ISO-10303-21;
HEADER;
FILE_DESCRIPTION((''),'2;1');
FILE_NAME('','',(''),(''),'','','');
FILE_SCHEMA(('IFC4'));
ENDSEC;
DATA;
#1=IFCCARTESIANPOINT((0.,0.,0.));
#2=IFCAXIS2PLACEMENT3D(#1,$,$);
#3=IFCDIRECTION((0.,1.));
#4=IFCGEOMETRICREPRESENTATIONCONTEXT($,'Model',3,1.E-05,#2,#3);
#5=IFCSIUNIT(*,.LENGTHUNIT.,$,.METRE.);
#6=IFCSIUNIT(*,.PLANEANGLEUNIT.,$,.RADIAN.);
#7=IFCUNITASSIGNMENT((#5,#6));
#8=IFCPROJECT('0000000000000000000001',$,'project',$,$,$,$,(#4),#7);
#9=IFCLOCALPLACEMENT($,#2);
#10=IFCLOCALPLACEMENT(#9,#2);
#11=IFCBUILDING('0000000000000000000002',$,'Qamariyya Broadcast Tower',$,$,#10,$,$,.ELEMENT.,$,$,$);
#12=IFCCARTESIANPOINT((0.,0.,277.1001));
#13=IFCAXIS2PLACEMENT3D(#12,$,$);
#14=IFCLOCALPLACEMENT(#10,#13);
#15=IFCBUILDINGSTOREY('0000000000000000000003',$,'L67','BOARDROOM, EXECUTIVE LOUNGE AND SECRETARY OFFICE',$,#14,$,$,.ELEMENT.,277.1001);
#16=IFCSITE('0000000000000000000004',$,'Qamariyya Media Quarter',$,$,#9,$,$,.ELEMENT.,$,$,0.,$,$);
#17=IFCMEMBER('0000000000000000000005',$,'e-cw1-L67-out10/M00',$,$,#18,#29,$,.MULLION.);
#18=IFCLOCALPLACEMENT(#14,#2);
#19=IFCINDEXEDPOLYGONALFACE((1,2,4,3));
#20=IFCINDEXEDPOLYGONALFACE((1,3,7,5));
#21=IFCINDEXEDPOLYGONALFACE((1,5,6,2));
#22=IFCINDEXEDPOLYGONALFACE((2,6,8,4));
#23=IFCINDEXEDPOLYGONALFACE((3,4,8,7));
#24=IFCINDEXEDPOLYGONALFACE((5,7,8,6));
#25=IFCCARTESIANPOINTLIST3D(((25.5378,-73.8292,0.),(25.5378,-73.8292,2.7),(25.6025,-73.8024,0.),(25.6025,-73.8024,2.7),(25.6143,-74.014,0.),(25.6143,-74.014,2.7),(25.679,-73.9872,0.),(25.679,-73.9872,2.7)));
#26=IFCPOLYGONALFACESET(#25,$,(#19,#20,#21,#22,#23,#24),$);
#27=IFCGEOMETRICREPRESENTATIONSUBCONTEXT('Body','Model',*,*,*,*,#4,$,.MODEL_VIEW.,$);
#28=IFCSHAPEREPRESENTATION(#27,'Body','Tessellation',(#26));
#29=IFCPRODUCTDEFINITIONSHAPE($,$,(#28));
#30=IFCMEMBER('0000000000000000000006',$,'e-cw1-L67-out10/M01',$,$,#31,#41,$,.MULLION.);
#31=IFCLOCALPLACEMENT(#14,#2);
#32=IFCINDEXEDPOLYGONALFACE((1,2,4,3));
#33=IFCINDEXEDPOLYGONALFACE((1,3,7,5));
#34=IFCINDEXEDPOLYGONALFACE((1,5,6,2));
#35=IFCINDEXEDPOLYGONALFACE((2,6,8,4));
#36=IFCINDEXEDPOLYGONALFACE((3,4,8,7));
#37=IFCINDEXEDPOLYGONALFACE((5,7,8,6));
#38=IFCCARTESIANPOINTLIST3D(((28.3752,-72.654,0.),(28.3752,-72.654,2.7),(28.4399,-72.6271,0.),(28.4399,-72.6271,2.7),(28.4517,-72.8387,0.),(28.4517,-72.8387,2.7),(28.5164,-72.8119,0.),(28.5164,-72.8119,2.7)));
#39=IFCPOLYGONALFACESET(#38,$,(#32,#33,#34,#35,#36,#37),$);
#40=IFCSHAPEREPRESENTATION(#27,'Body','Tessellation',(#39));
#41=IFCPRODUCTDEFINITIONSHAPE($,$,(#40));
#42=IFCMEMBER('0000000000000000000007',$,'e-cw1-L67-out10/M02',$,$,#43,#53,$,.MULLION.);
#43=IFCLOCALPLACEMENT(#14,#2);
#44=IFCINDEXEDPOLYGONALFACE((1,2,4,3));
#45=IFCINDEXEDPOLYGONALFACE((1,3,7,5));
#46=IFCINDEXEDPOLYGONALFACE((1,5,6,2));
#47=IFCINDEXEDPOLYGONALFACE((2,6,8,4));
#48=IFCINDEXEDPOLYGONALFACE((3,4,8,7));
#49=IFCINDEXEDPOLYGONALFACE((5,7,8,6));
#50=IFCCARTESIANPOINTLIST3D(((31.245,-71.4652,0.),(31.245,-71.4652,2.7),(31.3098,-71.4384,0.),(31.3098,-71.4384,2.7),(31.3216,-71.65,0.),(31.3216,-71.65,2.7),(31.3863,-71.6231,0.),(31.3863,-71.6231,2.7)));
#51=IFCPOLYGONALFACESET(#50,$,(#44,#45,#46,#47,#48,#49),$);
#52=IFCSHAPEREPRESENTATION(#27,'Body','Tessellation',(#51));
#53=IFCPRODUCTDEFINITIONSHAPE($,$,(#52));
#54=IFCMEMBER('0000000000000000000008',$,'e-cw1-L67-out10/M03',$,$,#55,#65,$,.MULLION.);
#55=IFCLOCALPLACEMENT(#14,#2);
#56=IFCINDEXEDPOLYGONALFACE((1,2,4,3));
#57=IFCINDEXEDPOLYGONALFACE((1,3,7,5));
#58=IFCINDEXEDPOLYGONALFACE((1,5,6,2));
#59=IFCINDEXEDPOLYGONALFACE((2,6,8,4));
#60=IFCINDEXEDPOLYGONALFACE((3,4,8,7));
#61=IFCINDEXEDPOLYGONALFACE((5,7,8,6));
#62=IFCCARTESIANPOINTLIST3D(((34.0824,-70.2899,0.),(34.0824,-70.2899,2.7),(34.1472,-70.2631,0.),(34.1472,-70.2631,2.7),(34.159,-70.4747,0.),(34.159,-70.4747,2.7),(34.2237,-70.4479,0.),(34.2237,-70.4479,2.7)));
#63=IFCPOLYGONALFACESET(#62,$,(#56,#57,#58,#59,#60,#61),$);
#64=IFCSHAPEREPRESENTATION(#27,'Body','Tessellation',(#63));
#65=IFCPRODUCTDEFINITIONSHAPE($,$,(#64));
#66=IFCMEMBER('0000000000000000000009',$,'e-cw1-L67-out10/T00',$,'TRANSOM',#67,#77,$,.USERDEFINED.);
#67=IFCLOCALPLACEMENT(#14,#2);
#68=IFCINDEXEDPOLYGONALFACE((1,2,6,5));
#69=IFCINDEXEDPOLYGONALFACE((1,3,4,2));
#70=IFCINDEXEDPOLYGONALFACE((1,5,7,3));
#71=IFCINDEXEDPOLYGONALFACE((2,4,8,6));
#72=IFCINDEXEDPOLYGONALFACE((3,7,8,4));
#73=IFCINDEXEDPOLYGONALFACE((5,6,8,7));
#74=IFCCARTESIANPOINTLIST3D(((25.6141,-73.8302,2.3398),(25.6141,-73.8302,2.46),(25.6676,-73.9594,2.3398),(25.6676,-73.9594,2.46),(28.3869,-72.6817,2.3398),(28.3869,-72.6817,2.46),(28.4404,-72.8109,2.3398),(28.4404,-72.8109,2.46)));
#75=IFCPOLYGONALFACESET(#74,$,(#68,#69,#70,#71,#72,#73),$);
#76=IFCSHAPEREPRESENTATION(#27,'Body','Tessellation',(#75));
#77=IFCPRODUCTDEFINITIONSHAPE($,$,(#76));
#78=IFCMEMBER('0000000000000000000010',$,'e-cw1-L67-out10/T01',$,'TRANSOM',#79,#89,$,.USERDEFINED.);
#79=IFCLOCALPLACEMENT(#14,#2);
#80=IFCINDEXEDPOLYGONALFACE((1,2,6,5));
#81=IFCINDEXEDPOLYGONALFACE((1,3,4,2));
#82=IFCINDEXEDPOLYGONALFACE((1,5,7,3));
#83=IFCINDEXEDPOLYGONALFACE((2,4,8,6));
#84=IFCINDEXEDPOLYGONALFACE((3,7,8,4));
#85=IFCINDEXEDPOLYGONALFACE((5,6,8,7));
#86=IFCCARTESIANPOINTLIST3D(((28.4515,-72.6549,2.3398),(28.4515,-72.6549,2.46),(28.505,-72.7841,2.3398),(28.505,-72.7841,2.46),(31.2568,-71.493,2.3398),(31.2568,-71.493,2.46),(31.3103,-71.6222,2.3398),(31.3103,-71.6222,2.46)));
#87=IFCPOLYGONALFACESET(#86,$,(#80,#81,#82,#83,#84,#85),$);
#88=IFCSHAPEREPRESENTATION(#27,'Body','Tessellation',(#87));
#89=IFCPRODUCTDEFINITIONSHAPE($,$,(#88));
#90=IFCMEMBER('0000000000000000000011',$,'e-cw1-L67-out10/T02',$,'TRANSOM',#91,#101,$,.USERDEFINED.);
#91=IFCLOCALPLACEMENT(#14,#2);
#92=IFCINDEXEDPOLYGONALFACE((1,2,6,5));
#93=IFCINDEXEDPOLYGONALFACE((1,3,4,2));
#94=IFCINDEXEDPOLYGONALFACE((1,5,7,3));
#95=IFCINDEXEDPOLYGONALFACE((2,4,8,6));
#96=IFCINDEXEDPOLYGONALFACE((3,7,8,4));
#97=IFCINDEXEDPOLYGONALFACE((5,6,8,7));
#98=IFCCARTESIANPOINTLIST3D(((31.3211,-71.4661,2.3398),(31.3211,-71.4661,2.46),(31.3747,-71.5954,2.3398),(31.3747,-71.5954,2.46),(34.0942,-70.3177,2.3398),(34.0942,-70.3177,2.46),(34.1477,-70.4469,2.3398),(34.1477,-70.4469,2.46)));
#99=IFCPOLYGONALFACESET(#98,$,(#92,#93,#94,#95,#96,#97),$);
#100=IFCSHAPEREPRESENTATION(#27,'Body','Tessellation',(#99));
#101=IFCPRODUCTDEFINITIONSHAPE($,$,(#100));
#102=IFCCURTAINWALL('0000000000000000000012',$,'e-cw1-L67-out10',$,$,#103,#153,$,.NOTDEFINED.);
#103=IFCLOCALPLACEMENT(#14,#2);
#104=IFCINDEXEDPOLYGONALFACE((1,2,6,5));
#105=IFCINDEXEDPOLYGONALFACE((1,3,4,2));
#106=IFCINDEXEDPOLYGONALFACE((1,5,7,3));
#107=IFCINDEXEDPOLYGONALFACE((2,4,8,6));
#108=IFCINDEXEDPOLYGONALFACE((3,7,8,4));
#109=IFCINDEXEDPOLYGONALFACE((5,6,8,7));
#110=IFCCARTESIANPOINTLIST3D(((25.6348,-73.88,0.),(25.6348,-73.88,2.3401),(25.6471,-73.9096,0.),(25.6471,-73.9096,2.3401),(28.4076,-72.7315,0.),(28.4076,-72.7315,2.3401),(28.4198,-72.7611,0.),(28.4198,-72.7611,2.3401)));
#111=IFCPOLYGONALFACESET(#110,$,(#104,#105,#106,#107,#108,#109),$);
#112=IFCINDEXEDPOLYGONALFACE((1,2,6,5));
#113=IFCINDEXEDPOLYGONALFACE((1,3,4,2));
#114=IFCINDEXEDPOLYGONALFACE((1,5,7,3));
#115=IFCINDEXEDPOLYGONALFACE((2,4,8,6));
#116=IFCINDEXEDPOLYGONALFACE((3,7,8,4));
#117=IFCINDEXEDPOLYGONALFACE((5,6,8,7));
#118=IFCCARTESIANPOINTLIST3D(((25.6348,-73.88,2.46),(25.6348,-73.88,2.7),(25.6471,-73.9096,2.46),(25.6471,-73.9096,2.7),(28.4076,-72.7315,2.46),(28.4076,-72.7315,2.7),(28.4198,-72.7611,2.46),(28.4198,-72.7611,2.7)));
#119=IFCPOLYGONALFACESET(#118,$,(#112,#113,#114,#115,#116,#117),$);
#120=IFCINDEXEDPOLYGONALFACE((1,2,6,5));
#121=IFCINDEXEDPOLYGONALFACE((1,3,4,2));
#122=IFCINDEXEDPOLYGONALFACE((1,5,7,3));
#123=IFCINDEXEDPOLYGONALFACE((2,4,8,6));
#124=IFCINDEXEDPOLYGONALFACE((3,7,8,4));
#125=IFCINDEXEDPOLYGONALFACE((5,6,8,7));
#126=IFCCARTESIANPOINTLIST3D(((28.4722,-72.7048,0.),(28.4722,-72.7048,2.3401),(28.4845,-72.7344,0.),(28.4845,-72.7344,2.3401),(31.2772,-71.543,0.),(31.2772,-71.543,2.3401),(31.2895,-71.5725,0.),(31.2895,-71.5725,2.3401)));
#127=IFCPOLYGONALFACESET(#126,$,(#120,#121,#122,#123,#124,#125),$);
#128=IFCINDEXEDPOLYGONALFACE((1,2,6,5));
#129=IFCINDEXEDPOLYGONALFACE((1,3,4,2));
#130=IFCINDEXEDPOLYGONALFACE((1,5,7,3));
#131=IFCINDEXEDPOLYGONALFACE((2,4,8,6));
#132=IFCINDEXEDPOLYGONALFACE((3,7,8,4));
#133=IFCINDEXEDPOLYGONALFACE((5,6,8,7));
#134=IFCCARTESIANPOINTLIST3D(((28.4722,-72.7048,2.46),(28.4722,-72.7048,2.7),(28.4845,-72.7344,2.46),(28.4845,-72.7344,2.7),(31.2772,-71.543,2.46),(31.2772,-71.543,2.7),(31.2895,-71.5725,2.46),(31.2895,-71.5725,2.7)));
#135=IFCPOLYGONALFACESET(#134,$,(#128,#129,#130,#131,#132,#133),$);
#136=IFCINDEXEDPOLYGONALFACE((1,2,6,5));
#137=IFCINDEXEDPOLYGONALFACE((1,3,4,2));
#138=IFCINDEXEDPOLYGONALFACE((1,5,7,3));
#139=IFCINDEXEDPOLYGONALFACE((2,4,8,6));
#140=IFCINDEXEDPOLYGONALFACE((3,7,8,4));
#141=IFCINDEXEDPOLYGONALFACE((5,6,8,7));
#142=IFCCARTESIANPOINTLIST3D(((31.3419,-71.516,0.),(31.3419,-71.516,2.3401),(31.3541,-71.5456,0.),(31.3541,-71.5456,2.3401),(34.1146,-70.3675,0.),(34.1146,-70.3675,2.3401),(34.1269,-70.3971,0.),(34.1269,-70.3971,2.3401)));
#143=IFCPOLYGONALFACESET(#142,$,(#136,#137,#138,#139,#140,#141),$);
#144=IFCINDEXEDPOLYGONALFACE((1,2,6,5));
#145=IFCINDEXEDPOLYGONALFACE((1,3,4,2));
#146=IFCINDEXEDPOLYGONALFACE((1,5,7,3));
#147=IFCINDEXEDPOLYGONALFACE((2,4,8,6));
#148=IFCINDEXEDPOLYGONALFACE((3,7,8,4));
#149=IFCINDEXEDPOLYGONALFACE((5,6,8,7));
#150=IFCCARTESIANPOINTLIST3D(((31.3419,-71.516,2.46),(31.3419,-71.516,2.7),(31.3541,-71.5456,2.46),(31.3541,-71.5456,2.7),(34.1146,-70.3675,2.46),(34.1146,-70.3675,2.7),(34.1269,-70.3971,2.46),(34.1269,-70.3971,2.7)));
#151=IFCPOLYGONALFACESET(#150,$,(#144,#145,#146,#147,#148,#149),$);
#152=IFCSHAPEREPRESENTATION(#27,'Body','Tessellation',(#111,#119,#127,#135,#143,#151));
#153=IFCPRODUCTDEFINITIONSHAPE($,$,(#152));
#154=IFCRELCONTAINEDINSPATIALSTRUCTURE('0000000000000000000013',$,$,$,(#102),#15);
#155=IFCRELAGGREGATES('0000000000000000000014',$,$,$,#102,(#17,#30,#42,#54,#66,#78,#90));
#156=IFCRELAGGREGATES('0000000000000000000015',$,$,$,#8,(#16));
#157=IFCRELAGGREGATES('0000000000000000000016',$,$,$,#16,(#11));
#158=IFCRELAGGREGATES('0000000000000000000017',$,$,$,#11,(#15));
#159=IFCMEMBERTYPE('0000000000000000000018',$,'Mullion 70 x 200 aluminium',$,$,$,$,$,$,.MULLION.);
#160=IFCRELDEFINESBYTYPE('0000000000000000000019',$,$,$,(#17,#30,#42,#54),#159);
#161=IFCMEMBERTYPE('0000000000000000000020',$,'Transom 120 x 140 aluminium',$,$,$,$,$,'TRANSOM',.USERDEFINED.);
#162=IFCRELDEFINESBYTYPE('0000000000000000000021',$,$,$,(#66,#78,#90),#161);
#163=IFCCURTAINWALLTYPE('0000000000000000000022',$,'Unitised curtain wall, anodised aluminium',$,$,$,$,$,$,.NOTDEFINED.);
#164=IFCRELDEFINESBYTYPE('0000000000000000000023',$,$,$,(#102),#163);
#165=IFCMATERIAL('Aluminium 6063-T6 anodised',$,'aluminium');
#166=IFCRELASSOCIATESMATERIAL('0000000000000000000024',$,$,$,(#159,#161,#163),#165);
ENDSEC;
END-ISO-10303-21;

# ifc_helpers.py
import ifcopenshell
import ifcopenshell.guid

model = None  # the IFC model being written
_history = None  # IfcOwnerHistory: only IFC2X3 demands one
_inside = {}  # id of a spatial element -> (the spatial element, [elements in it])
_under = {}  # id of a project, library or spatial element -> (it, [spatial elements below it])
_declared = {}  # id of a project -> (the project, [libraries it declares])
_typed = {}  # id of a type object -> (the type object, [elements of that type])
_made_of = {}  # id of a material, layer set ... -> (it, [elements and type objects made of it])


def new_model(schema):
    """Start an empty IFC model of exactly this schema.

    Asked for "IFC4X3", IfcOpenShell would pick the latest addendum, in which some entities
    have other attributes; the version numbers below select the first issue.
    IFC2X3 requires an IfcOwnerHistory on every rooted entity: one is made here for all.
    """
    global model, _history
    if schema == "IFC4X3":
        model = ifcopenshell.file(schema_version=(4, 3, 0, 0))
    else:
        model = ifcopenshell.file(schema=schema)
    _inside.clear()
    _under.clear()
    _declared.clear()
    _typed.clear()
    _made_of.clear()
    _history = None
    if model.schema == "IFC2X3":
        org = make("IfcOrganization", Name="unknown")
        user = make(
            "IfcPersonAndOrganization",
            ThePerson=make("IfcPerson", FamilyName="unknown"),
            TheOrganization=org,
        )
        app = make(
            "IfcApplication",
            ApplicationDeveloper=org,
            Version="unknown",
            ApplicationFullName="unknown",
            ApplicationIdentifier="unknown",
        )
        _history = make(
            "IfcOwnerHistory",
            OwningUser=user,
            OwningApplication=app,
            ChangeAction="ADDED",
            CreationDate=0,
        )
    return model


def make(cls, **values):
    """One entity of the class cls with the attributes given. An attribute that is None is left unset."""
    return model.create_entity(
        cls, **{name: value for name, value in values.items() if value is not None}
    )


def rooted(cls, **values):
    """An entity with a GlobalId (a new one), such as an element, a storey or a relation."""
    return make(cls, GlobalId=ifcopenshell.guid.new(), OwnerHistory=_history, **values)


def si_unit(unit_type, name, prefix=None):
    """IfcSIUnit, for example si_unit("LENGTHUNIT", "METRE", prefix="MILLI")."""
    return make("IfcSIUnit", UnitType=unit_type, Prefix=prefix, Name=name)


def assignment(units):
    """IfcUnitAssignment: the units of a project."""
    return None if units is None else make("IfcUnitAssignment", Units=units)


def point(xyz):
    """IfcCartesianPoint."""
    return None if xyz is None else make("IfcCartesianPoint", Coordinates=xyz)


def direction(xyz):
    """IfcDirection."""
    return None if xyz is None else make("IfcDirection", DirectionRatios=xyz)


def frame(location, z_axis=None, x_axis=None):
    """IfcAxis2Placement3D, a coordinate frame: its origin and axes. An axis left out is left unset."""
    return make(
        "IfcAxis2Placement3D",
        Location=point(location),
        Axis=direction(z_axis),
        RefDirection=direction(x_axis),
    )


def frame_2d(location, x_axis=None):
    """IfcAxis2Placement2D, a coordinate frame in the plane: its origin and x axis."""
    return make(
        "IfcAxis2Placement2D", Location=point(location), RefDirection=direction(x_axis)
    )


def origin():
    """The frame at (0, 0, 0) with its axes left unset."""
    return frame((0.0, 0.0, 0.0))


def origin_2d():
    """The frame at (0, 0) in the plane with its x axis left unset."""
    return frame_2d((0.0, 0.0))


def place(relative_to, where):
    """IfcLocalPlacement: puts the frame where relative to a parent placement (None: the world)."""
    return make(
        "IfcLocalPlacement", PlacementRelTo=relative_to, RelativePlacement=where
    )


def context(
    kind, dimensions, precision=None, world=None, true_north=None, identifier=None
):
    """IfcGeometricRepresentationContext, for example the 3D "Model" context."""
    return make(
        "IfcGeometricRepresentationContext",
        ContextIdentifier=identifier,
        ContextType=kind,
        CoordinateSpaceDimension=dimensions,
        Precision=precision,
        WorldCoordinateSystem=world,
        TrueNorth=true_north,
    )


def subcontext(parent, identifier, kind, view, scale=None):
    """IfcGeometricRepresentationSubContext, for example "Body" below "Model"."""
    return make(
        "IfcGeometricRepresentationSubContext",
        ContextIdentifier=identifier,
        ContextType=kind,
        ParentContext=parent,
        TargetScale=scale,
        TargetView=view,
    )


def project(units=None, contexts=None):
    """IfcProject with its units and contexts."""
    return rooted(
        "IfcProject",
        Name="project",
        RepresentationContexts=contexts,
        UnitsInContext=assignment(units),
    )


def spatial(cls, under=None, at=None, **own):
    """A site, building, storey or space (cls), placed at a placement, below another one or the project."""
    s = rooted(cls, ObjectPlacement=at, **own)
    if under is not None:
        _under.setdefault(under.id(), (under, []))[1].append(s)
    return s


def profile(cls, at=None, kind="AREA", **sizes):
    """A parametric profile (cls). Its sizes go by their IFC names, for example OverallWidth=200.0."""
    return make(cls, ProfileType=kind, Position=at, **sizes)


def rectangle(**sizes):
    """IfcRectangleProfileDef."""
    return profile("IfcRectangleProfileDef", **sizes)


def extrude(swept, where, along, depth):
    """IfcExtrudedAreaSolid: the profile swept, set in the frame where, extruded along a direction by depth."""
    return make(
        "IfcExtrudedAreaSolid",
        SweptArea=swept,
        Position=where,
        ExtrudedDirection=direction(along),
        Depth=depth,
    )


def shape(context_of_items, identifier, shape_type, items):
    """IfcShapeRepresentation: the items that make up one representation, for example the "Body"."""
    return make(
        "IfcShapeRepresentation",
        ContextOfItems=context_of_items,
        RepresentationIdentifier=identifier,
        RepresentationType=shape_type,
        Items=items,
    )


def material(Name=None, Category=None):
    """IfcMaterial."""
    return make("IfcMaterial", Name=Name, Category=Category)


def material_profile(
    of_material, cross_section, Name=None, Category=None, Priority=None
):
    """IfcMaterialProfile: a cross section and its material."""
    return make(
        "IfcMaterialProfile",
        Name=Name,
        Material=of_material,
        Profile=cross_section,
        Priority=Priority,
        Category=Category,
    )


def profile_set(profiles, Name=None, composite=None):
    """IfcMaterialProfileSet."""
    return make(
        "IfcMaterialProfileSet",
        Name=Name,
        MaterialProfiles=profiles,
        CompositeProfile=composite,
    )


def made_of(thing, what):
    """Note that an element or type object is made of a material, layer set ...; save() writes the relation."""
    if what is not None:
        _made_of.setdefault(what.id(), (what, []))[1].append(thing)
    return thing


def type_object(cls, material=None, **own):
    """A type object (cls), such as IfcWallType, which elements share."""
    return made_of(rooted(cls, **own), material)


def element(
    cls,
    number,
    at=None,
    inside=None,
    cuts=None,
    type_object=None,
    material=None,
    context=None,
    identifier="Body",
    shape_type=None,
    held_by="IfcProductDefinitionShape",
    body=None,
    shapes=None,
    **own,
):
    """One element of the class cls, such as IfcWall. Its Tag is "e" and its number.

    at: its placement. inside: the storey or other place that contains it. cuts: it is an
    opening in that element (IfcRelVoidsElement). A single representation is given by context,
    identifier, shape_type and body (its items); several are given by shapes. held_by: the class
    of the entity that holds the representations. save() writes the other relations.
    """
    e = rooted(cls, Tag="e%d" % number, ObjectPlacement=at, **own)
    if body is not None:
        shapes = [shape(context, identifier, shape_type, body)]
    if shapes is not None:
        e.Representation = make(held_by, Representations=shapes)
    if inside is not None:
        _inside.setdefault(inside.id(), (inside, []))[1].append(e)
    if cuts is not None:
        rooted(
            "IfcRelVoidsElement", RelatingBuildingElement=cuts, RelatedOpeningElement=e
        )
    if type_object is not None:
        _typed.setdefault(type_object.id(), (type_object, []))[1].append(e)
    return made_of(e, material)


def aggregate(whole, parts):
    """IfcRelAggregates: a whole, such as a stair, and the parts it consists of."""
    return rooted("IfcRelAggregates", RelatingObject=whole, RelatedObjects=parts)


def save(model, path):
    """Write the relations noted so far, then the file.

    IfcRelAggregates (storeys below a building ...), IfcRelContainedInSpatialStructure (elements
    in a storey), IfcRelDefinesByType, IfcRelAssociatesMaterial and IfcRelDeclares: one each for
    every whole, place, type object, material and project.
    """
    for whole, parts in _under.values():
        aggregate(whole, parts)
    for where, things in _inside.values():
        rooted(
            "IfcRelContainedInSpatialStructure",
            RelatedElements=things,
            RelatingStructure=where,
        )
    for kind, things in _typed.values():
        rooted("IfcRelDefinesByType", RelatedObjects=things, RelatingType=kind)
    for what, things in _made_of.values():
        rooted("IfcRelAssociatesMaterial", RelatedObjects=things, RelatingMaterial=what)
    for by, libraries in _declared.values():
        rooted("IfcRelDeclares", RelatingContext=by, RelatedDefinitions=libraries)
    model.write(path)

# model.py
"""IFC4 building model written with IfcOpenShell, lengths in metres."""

from ifc_helpers import new_model, si_unit, direction, frame, origin, origin_2d, place, context, subcontext, project, spatial, rectangle, extrude, material, material_profile, profile_set, type_object, element, aggregate, save


model = new_model("IFC4")

# Units and contexts
model_context = context("Model", 3, precision=1e-05, world=origin(), true_north=direction((0.0, 1.0)))
body_context = subcontext(model_context, "Body", "Model", "MODEL_VIEW")
ifc_project = project(units=[si_unit("LENGTHUNIT", "METRE"), si_unit("PLANEANGLEUNIT", "RADIAN")], contexts=[model_context])

# Members
ifc_material = material(Name="Aluminium 6063-T6 anodised", Category="aluminium")
ifc_material_profile_1 = material_profile(ifc_material, rectangle(XDim=0.2, YDim=0.0701, at=origin_2d()))
ifc_profile_set_1 = profile_set([ifc_material_profile_1], Name="Aluminium 6063-T6 anodised")
member_type_1 = type_object("IfcMemberType", Name="Mullion 70 x 200 aluminium", PredefinedType="MULLION", material=ifc_profile_set_1)
site_placement = place(None, origin())
building_placement = place(site_placement, origin())
storey_placement = place(building_placement, frame((0.0, 0.0, 277.1001)))
member_1_placement = place(storey_placement, frame((25.6084, -73.9082, 0.0), z_axis=(0.0, 0.0, 1.0), x_axis=(-0.382683, 0.92388, 0.0)))
member_1 = element("IfcMember", 1, at=member_1_placement, type_object=member_type_1, Name="e-cw1-L67-out10/M00", PredefinedType="MULLION", context=body_context, shape_type="SweptSolid", body=[
    extrude(rectangle(XDim=0.2, YDim=0.0701, at=origin_2d()), origin(), (0.0, 0.0, 1.0), 2.7),
])
member_2_placement = place(storey_placement, frame((28.4458, -72.7329, 0.0), z_axis=(0.0, 0.0, 1.0), x_axis=(-0.382683, 0.92388, 0.0)))
member_2 = element("IfcMember", 2, at=member_2_placement, type_object=member_type_1, Name="e-cw1-L67-out10/M01", PredefinedType="MULLION", context=body_context, shape_type="SweptSolid", body=[
    extrude(rectangle(XDim=0.2, YDim=0.0701, at=origin_2d()), origin(), (0.0, 0.0, 1.0), 2.7),
])
member_3_placement = place(storey_placement, frame((31.3157, -71.5442, 0.0), z_axis=(0.0, 0.0, 1.0), x_axis=(-0.382683, 0.92388, 0.0)))
member_3 = element("IfcMember", 3, at=member_3_placement, type_object=member_type_1, Name="e-cw1-L67-out10/M02", PredefinedType="MULLION", context=body_context, shape_type="SweptSolid", body=[
    extrude(rectangle(XDim=0.2, YDim=0.0701, at=origin_2d()), origin(), (0.0, 0.0, 1.0), 2.7),
])
member_4_placement = place(storey_placement, frame((34.1531, -70.3689, 0.0), z_axis=(0.0, 0.0, 1.0), x_axis=(-0.382683, 0.92388, 0.0)))
member_4 = element("IfcMember", 4, at=member_4_placement, type_object=member_type_1, Name="e-cw1-L67-out10/M03", PredefinedType="MULLION", context=body_context, shape_type="SweptSolid", body=[
    extrude(rectangle(XDim=0.2, YDim=0.0701, at=origin_2d()), origin(), (0.0, 0.0, 1.0), 2.7),
])
ifc_material_profile_2 = material_profile(ifc_material, rectangle(XDim=0.1399, YDim=0.1201, at=origin_2d()))
ifc_profile_set_2 = profile_set([ifc_material_profile_2], Name="Aluminium 6063-T6 anodised")
member_type_2 = type_object("IfcMemberType", Name="Transom 120 x 140 aluminium", ElementType="TRANSOM", PredefinedType="USERDEFINED", material=ifc_profile_set_2)
member_5_placement = place(storey_placement, frame((25.6409, -73.8948, 2.3999), z_axis=(0.923886, 0.382668, 0.0), x_axis=(-0.382668, 0.923886, 0.0)))
member_5 = element("IfcMember", 5, at=member_5_placement, type_object=member_type_2, Name="e-cw1-L67-out10/T00", ObjectType="TRANSOM", PredefinedType="USERDEFINED", context=body_context, shape_type="SweptSolid", body=[
    extrude(rectangle(XDim=0.1399, YDim=0.1201, at=origin_2d()), origin(), (0.0, 0.0, 1.0), 3.0012),
])
member_6_placement = place(storey_placement, frame((28.4783, -72.7195, 2.3999), z_axis=(0.923888, 0.382662, 0.0), x_axis=(-0.382662, 0.923888, 0.0)))
member_6 = element("IfcMember", 6, at=member_6_placement, type_object=member_type_2, Name="e-cw1-L67-out10/T01", ObjectType="TRANSOM", PredefinedType="USERDEFINED", context=body_context, shape_type="SweptSolid", body=[
    extrude(rectangle(XDim=0.1399, YDim=0.1201, at=origin_2d()), origin(), (0.0, 0.0, 1.0), 3.0364),
])
member_7_placement = place(storey_placement, frame((31.3479, -71.5308, 2.3999), z_axis=(0.923898, 0.382639, 0.0), x_axis=(-0.382639, 0.923898, 0.0)))
member_7 = element("IfcMember", 7, at=member_7_placement, type_object=member_type_2, Name="e-cw1-L67-out10/T02", ObjectType="TRANSOM", PredefinedType="USERDEFINED", context=body_context, shape_type="SweptSolid", body=[
    extrude(rectangle(XDim=0.1399, YDim=0.1201, at=origin_2d()), origin(), (0.0, 0.0, 1.0), 3.0015),
])

# Site, building, storey
site = spatial("IfcSite", under=ifc_project, at=site_placement, Name="Qamariyya Media Quarter", CompositionType="ELEMENT", RefElevation=0.0)
building = spatial("IfcBuilding", under=site, at=building_placement, Name="Qamariyya Broadcast Tower", CompositionType="ELEMENT")
storey = spatial("IfcBuildingStorey", under=building, at=storey_placement, Name="L67", Description="BOARDROOM, EXECUTIVE LOUNGE AND SECRETARY OFFICE", CompositionType="ELEMENT", Elevation=277.1001)

# Curtain wall
curtain_wall_type = type_object("IfcCurtainWallType", Name="Unitised curtain wall, anodised aluminium", PredefinedType="NOTDEFINED", material=ifc_material)
curtain_wall_1_placement = place(storey_placement, origin())
curtain_wall_1 = element("IfcCurtainWall", 8, at=curtain_wall_1_placement, inside=storey, type_object=curtain_wall_type, Name="e-cw1-L67-out10", PredefinedType="NOTDEFINED", context=body_context, shape_type="SweptSolid", body=[
    extrude(rectangle(XDim=3.0012, YDim=0.032, at=origin_2d()), frame((27.0273, -73.3206, 0.0), x_axis=(0.923878, 0.382687, 0.0)), (0.0, 0.0, 1.0), 2.3401),
    extrude(rectangle(XDim=3.0012, YDim=0.032, at=origin_2d()), frame((27.0273, -73.3206, 2.46), x_axis=(0.923878, 0.382687, 0.0)), (0.0, 0.0, 1.0), 0.24),
    extrude(rectangle(XDim=3.0361, YDim=0.032, at=origin_2d()), frame((29.8809, -72.1387, 0.0), x_axis=(0.923878, 0.382687, 0.0)), (0.0, 0.0, 1.0), 2.3401),
    extrude(rectangle(XDim=3.0361, YDim=0.032, at=origin_2d()), frame((29.8809, -72.1387, 2.46), x_axis=(0.923878, 0.382687, 0.0)), (0.0, 0.0, 1.0), 0.24),
    extrude(rectangle(XDim=3.0012, YDim=0.032, at=origin_2d()), frame((32.7344, -70.9565, 0.0), x_axis=(0.923878, 0.382687, 0.0)), (0.0, 0.0, 1.0), 2.3401),
    extrude(rectangle(XDim=3.0012, YDim=0.032, at=origin_2d()), frame((32.7344, -70.9565, 2.46), x_axis=(0.923878, 0.382687, 0.0)), (0.0, 0.0, 1.0), 0.24),
])
aggregate(curtain_wall_1, [member_1, member_2, member_3, member_4, member_5, member_6, member_7])

save(model, "model.ifc")
